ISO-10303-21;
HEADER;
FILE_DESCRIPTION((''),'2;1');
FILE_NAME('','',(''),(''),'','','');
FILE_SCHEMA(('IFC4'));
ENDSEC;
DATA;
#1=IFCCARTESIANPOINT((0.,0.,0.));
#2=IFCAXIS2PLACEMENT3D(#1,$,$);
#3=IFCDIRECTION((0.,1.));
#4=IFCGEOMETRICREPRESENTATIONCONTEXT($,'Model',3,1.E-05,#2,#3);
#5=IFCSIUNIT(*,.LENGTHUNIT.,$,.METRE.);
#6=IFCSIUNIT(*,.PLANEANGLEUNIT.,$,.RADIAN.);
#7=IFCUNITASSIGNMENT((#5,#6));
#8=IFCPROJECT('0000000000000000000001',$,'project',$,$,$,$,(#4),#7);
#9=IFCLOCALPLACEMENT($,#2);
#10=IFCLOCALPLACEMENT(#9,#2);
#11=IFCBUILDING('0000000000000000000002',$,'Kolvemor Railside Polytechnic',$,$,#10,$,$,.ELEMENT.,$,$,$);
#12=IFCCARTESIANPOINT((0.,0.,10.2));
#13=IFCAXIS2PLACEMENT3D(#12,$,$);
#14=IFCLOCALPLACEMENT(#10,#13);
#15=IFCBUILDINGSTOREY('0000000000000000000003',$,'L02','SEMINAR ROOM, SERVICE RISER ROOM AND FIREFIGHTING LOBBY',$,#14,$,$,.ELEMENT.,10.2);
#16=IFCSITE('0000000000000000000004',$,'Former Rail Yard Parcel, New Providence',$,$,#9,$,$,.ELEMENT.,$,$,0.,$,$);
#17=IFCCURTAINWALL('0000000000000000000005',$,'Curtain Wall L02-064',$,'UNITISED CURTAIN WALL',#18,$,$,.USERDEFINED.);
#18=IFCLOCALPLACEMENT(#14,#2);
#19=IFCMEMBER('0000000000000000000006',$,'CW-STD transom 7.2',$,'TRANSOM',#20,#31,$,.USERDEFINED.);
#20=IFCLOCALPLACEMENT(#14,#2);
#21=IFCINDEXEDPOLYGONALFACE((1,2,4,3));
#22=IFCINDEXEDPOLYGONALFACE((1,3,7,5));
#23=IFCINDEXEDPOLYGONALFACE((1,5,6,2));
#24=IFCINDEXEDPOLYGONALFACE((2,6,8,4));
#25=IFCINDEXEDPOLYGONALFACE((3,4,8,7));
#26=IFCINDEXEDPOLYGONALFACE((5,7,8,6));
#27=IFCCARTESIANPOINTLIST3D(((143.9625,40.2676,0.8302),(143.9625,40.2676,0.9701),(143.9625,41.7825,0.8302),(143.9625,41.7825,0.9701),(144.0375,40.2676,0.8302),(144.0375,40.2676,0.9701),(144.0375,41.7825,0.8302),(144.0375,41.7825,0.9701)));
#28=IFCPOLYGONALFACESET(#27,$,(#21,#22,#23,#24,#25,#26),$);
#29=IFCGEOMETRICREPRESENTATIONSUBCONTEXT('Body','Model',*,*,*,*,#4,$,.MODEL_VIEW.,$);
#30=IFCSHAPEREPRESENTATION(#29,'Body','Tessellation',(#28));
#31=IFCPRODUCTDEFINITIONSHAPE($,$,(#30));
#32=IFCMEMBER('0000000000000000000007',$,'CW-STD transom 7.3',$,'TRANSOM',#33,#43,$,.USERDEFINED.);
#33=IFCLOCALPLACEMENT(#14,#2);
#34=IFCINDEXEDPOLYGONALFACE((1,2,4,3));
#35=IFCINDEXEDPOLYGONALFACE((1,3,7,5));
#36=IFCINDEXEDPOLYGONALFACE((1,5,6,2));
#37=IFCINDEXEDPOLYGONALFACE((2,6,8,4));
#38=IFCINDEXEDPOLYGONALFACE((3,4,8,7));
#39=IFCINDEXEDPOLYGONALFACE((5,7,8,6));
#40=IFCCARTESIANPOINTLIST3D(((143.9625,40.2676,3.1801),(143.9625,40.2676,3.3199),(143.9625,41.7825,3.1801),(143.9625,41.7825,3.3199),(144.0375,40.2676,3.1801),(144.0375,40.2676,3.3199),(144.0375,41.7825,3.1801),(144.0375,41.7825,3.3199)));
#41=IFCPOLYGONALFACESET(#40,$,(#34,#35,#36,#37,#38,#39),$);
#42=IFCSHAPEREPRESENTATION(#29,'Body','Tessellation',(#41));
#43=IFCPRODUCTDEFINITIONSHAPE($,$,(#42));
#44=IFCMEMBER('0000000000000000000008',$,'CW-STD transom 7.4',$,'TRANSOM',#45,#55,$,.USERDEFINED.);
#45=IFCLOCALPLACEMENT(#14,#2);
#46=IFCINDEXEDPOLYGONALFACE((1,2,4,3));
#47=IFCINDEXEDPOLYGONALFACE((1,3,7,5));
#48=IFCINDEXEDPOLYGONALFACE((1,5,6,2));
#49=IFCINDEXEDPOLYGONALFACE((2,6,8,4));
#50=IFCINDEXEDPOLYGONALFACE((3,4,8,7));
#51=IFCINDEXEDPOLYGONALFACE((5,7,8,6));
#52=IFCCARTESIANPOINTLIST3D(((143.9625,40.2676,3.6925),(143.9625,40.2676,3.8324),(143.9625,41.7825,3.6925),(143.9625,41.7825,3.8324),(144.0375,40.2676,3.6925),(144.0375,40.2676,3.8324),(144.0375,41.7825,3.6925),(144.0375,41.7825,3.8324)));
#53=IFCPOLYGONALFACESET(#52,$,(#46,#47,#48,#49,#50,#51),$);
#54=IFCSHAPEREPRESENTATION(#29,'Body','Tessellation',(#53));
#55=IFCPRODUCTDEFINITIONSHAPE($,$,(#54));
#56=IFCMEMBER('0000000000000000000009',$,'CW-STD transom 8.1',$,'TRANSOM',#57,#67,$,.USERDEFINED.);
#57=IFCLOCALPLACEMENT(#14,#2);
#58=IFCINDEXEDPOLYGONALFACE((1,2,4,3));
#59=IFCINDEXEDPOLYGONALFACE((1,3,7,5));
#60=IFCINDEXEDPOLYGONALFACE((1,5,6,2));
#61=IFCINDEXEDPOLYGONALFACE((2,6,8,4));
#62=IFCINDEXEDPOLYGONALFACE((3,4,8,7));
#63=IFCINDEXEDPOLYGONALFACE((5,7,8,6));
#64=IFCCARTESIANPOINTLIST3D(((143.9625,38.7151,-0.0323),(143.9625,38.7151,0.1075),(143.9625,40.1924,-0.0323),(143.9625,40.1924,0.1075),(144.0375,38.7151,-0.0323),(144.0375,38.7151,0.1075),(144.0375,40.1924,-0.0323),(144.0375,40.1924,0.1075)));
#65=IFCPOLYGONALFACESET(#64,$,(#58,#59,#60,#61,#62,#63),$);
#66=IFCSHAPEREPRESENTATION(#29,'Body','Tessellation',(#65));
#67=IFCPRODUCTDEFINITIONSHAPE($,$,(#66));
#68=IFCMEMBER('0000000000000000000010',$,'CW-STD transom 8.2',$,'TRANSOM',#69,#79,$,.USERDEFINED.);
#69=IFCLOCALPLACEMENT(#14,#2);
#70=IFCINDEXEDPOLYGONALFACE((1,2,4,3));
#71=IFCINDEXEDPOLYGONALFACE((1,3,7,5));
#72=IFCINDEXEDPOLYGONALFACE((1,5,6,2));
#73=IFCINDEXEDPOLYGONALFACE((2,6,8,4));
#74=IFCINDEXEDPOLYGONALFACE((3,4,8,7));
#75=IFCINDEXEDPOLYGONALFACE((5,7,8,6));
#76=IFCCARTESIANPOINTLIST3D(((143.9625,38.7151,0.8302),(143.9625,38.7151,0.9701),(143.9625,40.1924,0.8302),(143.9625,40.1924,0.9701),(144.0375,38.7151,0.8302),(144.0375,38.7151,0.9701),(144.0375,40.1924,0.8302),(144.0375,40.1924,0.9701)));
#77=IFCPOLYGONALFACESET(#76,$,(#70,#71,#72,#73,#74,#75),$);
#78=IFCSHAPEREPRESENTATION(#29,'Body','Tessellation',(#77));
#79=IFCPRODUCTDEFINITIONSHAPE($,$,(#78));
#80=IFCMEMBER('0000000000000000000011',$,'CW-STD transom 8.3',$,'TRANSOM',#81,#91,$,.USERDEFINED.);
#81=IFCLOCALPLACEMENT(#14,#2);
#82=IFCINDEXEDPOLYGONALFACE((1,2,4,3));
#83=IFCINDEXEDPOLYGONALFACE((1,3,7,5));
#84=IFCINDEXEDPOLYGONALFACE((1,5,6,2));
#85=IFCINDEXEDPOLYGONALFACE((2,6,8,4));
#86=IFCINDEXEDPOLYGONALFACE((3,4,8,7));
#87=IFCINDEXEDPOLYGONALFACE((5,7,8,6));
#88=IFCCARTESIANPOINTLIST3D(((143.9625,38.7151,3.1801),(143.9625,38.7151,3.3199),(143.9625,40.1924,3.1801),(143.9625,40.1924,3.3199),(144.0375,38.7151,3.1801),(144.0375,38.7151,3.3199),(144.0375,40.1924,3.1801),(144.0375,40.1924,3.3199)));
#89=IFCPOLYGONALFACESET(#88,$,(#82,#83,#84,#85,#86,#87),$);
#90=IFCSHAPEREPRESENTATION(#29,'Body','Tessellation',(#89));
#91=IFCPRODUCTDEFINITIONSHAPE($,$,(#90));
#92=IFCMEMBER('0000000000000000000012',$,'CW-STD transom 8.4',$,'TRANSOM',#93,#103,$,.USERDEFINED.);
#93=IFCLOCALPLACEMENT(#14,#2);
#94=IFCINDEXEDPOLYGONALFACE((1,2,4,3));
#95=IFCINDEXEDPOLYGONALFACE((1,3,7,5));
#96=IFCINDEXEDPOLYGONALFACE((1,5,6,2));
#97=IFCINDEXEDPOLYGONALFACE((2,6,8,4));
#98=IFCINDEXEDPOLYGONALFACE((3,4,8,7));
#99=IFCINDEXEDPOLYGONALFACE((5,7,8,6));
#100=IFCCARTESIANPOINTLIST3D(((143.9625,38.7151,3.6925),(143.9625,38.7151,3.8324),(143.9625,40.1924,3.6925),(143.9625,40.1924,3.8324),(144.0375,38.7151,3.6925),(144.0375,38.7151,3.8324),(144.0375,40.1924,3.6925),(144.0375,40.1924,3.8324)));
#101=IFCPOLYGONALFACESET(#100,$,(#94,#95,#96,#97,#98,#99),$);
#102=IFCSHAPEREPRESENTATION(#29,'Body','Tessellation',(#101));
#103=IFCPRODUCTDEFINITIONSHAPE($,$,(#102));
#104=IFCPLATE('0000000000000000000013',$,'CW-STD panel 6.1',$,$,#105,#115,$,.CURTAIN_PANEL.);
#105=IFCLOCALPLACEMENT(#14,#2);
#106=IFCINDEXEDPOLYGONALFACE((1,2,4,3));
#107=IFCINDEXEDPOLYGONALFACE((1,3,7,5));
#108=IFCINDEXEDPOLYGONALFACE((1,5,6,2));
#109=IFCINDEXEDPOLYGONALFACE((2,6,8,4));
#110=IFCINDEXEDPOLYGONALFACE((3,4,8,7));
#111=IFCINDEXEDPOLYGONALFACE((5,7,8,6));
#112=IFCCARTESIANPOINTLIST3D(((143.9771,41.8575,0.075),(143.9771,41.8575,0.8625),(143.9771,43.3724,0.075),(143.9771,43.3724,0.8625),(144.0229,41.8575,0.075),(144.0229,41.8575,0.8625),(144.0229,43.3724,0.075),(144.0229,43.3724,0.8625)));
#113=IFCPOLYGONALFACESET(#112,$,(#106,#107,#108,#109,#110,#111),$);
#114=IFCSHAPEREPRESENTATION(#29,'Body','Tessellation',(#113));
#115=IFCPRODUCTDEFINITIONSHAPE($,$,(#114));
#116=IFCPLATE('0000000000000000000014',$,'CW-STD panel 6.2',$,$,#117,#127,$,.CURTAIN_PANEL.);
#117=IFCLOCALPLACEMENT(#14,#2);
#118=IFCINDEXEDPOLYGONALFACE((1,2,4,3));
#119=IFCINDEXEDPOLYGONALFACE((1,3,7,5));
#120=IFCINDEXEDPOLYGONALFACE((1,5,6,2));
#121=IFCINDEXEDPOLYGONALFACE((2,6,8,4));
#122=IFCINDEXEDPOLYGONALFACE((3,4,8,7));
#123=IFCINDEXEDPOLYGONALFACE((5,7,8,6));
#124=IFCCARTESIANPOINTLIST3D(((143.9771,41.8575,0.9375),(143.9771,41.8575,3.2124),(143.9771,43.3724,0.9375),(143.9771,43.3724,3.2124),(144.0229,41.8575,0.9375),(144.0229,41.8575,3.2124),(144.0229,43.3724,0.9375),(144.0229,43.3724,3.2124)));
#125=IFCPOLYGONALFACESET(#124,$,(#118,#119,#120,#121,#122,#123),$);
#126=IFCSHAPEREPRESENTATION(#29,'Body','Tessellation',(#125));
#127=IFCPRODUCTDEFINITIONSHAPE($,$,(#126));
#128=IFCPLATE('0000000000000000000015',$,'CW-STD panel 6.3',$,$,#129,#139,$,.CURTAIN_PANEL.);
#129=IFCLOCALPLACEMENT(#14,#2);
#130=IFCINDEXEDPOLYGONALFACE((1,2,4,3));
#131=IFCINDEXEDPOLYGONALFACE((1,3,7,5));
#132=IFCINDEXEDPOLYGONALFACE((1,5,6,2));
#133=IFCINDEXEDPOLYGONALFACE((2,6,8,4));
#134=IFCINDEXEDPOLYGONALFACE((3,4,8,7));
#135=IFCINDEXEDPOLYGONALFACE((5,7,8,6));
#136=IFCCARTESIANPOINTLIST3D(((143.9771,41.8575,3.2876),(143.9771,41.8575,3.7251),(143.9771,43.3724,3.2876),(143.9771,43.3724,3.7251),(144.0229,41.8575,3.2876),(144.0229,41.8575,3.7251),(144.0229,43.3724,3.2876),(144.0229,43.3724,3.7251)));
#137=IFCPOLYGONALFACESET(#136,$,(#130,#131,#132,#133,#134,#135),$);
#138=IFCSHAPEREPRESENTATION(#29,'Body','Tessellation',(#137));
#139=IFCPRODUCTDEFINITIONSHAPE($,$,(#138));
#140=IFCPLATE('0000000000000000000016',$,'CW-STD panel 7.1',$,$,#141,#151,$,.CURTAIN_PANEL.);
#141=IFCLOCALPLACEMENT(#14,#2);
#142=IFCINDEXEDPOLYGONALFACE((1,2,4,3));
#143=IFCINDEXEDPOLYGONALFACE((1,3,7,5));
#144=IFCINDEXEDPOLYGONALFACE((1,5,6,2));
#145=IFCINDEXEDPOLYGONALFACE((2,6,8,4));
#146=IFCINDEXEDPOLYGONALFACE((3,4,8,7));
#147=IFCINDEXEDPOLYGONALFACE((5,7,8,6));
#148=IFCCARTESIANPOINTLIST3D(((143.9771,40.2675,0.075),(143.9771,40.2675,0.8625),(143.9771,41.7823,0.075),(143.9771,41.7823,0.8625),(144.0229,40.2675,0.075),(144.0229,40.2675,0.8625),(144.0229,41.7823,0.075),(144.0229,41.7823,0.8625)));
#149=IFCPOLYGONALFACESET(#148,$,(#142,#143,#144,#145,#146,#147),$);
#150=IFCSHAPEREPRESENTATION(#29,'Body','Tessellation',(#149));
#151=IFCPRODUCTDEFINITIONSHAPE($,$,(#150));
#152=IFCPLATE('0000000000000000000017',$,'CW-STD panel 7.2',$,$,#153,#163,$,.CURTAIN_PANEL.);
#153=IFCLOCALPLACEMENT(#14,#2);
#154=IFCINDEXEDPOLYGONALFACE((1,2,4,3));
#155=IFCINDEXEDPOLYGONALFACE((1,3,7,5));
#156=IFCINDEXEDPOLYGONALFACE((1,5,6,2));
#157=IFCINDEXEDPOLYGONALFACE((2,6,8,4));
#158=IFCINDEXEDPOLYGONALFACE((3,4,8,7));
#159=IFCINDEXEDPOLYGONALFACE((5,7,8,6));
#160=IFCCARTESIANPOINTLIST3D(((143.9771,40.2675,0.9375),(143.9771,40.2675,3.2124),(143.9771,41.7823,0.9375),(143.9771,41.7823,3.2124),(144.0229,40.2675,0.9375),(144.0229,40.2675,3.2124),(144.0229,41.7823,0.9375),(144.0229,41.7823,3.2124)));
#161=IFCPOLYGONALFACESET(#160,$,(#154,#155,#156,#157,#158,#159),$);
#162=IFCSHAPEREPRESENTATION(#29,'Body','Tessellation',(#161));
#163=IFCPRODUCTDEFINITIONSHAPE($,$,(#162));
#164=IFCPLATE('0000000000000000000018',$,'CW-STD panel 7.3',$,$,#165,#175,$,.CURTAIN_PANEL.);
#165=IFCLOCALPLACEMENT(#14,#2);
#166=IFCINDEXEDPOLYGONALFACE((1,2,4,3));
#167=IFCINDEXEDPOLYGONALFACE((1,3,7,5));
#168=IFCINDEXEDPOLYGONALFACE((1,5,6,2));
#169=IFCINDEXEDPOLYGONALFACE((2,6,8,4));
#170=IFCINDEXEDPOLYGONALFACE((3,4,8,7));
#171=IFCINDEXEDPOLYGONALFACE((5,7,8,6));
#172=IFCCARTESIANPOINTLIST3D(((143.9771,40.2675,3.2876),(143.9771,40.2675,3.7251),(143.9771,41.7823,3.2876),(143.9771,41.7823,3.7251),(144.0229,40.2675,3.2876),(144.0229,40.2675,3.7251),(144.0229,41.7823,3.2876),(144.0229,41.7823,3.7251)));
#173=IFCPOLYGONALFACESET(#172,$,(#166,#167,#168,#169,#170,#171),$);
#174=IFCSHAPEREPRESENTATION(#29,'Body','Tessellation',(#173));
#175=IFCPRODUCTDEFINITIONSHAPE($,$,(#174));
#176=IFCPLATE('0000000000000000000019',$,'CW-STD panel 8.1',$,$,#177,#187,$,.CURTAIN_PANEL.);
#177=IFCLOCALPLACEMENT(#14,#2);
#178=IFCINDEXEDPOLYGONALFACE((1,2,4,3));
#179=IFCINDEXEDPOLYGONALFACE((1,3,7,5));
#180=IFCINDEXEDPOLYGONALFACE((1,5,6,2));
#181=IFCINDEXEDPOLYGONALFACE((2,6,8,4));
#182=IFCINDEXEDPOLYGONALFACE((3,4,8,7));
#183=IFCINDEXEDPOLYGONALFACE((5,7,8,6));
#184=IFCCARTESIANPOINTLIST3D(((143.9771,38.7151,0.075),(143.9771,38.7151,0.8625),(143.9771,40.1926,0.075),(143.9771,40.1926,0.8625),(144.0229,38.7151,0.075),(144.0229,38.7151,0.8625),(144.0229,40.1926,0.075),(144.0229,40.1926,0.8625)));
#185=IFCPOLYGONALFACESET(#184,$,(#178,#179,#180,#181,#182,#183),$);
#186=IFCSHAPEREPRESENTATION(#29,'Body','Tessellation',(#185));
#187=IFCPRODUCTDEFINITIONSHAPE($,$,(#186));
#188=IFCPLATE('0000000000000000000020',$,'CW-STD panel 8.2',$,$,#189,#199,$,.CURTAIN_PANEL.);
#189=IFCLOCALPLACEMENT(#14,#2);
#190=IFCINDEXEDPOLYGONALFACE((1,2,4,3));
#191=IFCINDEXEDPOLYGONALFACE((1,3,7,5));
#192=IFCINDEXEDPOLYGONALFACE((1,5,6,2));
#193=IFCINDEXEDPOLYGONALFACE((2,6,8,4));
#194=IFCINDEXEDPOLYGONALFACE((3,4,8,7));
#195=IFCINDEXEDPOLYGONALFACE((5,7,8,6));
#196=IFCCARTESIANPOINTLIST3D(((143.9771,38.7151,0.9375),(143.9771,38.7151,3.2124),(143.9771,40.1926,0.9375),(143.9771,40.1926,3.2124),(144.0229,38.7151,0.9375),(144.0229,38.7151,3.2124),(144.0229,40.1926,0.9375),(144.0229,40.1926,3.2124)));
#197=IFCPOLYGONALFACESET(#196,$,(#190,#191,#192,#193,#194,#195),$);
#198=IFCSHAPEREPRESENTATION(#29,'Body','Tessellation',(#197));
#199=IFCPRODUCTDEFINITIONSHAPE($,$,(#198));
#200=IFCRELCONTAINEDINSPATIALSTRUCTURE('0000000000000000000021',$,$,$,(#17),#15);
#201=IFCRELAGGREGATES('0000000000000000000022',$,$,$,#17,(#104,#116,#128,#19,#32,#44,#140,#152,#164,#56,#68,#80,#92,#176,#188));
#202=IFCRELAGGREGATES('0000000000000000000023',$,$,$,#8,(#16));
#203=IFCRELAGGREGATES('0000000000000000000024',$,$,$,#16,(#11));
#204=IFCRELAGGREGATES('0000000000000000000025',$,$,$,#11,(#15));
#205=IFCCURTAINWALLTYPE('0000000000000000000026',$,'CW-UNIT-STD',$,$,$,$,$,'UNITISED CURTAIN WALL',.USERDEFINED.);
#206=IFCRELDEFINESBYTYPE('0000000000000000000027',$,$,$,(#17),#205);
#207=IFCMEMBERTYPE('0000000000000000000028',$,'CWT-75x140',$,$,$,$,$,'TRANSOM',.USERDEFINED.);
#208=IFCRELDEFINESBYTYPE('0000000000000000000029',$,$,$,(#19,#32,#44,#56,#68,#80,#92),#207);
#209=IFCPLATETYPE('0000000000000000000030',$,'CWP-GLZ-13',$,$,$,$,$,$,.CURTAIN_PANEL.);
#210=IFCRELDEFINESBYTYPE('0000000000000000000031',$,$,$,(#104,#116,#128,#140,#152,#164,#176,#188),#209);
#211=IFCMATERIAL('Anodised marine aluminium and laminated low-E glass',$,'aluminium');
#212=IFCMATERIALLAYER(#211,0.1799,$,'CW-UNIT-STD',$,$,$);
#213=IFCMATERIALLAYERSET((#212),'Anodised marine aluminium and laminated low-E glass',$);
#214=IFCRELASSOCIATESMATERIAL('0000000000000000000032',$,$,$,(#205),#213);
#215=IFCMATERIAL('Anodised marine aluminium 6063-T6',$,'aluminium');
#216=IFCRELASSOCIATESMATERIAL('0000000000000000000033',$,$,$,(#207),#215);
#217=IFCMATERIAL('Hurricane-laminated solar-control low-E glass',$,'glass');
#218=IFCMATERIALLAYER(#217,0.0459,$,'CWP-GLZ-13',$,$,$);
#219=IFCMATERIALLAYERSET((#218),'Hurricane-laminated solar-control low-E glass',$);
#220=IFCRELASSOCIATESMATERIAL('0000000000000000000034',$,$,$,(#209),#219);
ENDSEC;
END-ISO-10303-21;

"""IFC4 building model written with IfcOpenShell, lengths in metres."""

from ifc_helpers import new_model, si_unit, direction, frame, origin, origin_2d, place, context, subcontext, project, spatial, rectangle, extrude, material, layer, layer_set, material_profile, profile_set, type_object, element, aggregate, save


model = new_model("IFC4")

# Units and contexts
model_context = context("Model", 3, precision=1e-05, world=origin(), true_north=direction((0.0, 1.0)))
body_context = subcontext(model_context, "Body", "Model", "MODEL_VIEW")
ifc_project = project(units=[si_unit("LENGTHUNIT", "METRE"), si_unit("PLANEANGLEUNIT", "RADIAN")], contexts=[model_context])

# Site, building, storey
site_placement = place(None, origin())
site = spatial("IfcSite", under=ifc_project, at=site_placement, Name="Former Rail Yard Parcel, New Providence", CompositionType="ELEMENT", RefElevation=0.0)
building_placement = place(site_placement, origin())
building = spatial("IfcBuilding", under=site, at=building_placement, Name="Kolvemor Railside Polytechnic", CompositionType="ELEMENT")
storey_placement = place(building_placement, frame((0.0, 0.0, 10.2)))
storey = spatial("IfcBuildingStorey", under=building, at=storey_placement, Name="L02", Description="SEMINAR ROOM, SERVICE RISER ROOM AND FIREFIGHTING LOBBY", CompositionType="ELEMENT", Elevation=10.2)

# Shared definitions
ifc_material_1 = material(Name="Anodised marine aluminium and laminated low-E glass", Category="aluminium")
ifc_layer_1 = layer(ifc_material_1, 0.1799, Name="CW-UNIT-STD")
ifc_layer_set_1 = layer_set([ifc_layer_1], Name="Anodised marine aluminium and laminated low-E glass")
curtain_wall_type = type_object("IfcCurtainWallType", Name="CW-UNIT-STD", ElementType="UNITISED CURTAIN WALL", PredefinedType="USERDEFINED", material=ifc_layer_set_1)

# Curtain wall
curtain_wall_1_placement = place(storey_placement, origin())
curtain_wall_1 = element("IfcCurtainWall", 1, at=curtain_wall_1_placement, inside=storey, type_object=curtain_wall_type, Name="Curtain Wall L02-064", ObjectType="UNITISED CURTAIN WALL", PredefinedType="USERDEFINED")

# Members
ifc_material_2 = material(Name="Anodised marine aluminium 6063-T6", Category="aluminium")
ifc_material_profile_1 = material_profile(ifc_material_2, rectangle(XDim=0.075, YDim=0.1399, at=origin_2d()), Name="CW-TRN-75x140")
ifc_profile_set_1 = profile_set([ifc_material_profile_1], Name="Anodised marine aluminium 6063-T6")
member_type_1 = type_object("IfcMemberType", Name="CWT-75x140", ElementType="TRANSOM", PredefinedType="USERDEFINED", material=ifc_profile_set_1)
member_1_placement = place(storey_placement, frame((144.0, 41.7825, 0.9001), z_axis=(0.0, -1.0, 0.0), x_axis=(1.0, 0.0, 0.0)))
member_1 = element("IfcMember", 2, at=member_1_placement, type_object=member_type_1, Name="CW-STD transom 7.2", ObjectType="TRANSOM", PredefinedType="USERDEFINED", context=body_context, shape_type="SweptSolid", body=[
    extrude(rectangle(XDim=0.075, YDim=0.1399, at=origin_2d()), origin(), (0.0, 0.0, 1.0), 1.5149),
])
member_2_placement = place(storey_placement, frame((144.0, 41.7825, 3.25), z_axis=(0.0, -1.0, 0.0), x_axis=(1.0, 0.0, 0.0)))
member_2 = element("IfcMember", 3, at=member_2_placement, type_object=member_type_1, Name="CW-STD transom 7.3", ObjectType="TRANSOM", PredefinedType="USERDEFINED", context=body_context, shape_type="SweptSolid", body=[
    extrude(rectangle(XDim=0.075, YDim=0.1399, at=origin_2d()), origin(), (0.0, 0.0, 1.0), 1.5149),
])
member_3_placement = place(storey_placement, frame((144.0, 41.7825, 3.7625), z_axis=(0.0, -1.0, 0.0), x_axis=(1.0, 0.0, 0.0)))
member_3 = element("IfcMember", 4, at=member_3_placement, type_object=member_type_1, Name="CW-STD transom 7.4", ObjectType="TRANSOM", PredefinedType="USERDEFINED", context=body_context, shape_type="SweptSolid", body=[
    extrude(rectangle(XDim=0.075, YDim=0.1399, at=origin_2d()), origin(), (0.0, 0.0, 1.0), 1.5149),
])
member_4_placement = place(storey_placement, frame((144.0, 40.1924, 0.0376), z_axis=(0.0, -1.0, 0.0), x_axis=(1.0, 0.0, 0.0)))
member_4 = element("IfcMember", 5, at=member_4_placement, type_object=member_type_1, Name="CW-STD transom 8.1", ObjectType="TRANSOM", PredefinedType="USERDEFINED", context=body_context, shape_type="SweptSolid", body=[
    extrude(rectangle(XDim=0.075, YDim=0.1399, at=origin_2d()), origin(), (0.0, 0.0, 1.0), 1.4773),
])
member_5_placement = place(storey_placement, frame((144.0, 40.1924, 0.9001), z_axis=(0.0, -1.0, 0.0), x_axis=(1.0, 0.0, 0.0)))
member_5 = element("IfcMember", 6, at=member_5_placement, type_object=member_type_1, Name="CW-STD transom 8.2", ObjectType="TRANSOM", PredefinedType="USERDEFINED", context=body_context, shape_type="SweptSolid", body=[
    extrude(rectangle(XDim=0.075, YDim=0.1399, at=origin_2d()), origin(), (0.0, 0.0, 1.0), 1.4773),
])
member_6_placement = place(storey_placement, frame((144.0, 40.1924, 3.25), z_axis=(0.0, -1.0, 0.0), x_axis=(1.0, 0.0, 0.0)))
member_6 = element("IfcMember", 7, at=member_6_placement, type_object=member_type_1, Name="CW-STD transom 8.3", ObjectType="TRANSOM", PredefinedType="USERDEFINED", context=body_context, shape_type="SweptSolid", body=[
    extrude(rectangle(XDim=0.075, YDim=0.1399, at=origin_2d()), origin(), (0.0, 0.0, 1.0), 1.4773),
])
member_7_placement = place(storey_placement, frame((144.0, 40.1924, 3.7625), z_axis=(0.0, -1.0, 0.0), x_axis=(1.0, 0.0, 0.0)))
member_7 = element("IfcMember", 8, at=member_7_placement, type_object=member_type_1, Name="CW-STD transom 8.4", ObjectType="TRANSOM", PredefinedType="USERDEFINED", context=body_context, shape_type="SweptSolid", body=[
    extrude(rectangle(XDim=0.075, YDim=0.1399, at=origin_2d()), origin(), (0.0, 0.0, 1.0), 1.4773),
])

# Plates
ifc_material_3 = material(Name="Hurricane-laminated solar-control low-E glass", Category="glass")
ifc_layer_2 = layer(ifc_material_3, 0.0459, Name="CWP-GLZ-13")
ifc_layer_set_2 = layer_set([ifc_layer_2], Name="Hurricane-laminated solar-control low-E glass")
plate_type_1 = type_object("IfcPlateType", Name="CWP-GLZ-13", PredefinedType="CURTAIN_PANEL", material=ifc_layer_set_2)
plate_1_placement = place(storey_placement, frame((144.0, 42.615, 0.075), z_axis=(0.0, 0.0, 1.0), x_axis=(0.0, -1.0, 0.0)))
plate_1 = element("IfcPlate", 9, at=plate_1_placement, type_object=plate_type_1, Name="CW-STD panel 6.1", PredefinedType="CURTAIN_PANEL", context=body_context, shape_type="SweptSolid", body=[
    extrude(rectangle(XDim=1.5149, YDim=0.0459, at=origin_2d()), origin(), (0.0, 0.0, 1.0), 0.7876),
])
plate_2_placement = place(storey_placement, frame((144.0, 42.615, 0.9375), z_axis=(0.0, 0.0, 1.0), x_axis=(0.0, -1.0, 0.0)))
plate_2 = element("IfcPlate", 10, at=plate_2_placement, type_object=plate_type_1, Name="CW-STD panel 6.2", PredefinedType="CURTAIN_PANEL", context=body_context, shape_type="SweptSolid", body=[
    extrude(rectangle(XDim=1.5149, YDim=0.0459, at=origin_2d()), origin(), (0.0, 0.0, 1.0), 2.2749),
])
plate_3_placement = place(storey_placement, frame((144.0, 42.615, 3.2876), z_axis=(0.0, 0.0, 1.0), x_axis=(0.0, -1.0, 0.0)))
plate_3 = element("IfcPlate", 11, at=plate_3_placement, type_object=plate_type_1, Name="CW-STD panel 6.3", PredefinedType="CURTAIN_PANEL", context=body_context, shape_type="SweptSolid", body=[
    extrude(rectangle(XDim=1.5149, YDim=0.0459, at=origin_2d()), origin(), (0.0, 0.0, 1.0), 0.4375),
])
plate_4_placement = place(storey_placement, frame((144.0, 41.0249, 0.075), z_axis=(0.0, 0.0, 1.0), x_axis=(0.0, -1.0, 0.0)))
plate_4 = element("IfcPlate", 12, at=plate_4_placement, type_object=plate_type_1, Name="CW-STD panel 7.1", PredefinedType="CURTAIN_PANEL", context=body_context, shape_type="SweptSolid", body=[
    extrude(rectangle(XDim=1.5149, YDim=0.0459, at=origin_2d()), origin(), (0.0, 0.0, 1.0), 0.7876),
])
plate_5_placement = place(storey_placement, frame((144.0, 41.0249, 0.9375), z_axis=(0.0, 0.0, 1.0), x_axis=(0.0, -1.0, 0.0)))
plate_5 = element("IfcPlate", 13, at=plate_5_placement, type_object=plate_type_1, Name="CW-STD panel 7.2", PredefinedType="CURTAIN_PANEL", context=body_context, shape_type="SweptSolid", body=[
    extrude(rectangle(XDim=1.5149, YDim=0.0459, at=origin_2d()), origin(), (0.0, 0.0, 1.0), 2.2749),
])
plate_6_placement = place(storey_placement, frame((144.0, 41.0249, 3.2876), z_axis=(0.0, 0.0, 1.0), x_axis=(0.0, -1.0, 0.0)))
plate_6 = element("IfcPlate", 14, at=plate_6_placement, type_object=plate_type_1, Name="CW-STD panel 7.3", PredefinedType="CURTAIN_PANEL", context=body_context, shape_type="SweptSolid", body=[
    extrude(rectangle(XDim=1.5149, YDim=0.0459, at=origin_2d()), origin(), (0.0, 0.0, 1.0), 0.4375),
])
plate_7_placement = place(storey_placement, frame((144.0, 39.4539, 0.075), z_axis=(0.0, 0.0, 1.0), x_axis=(0.0, -1.0, 0.0)))
plate_7 = element("IfcPlate", 15, at=plate_7_placement, type_object=plate_type_1, Name="CW-STD panel 8.1", PredefinedType="CURTAIN_PANEL", context=body_context, shape_type="SweptSolid", body=[
    extrude(rectangle(XDim=1.4775, YDim=0.0459, at=origin_2d()), origin(), (0.0, 0.0, 1.0), 0.7876),
])
plate_8_placement = place(storey_placement, frame((144.0, 39.4539, 0.9375), z_axis=(0.0, 0.0, 1.0), x_axis=(0.0, -1.0, 0.0)))
plate_8 = element("IfcPlate", 16, at=plate_8_placement, type_object=plate_type_1, Name="CW-STD panel 8.2", PredefinedType="CURTAIN_PANEL", context=body_context, shape_type="SweptSolid", body=[
    extrude(rectangle(XDim=1.4775, YDim=0.0459, at=origin_2d()), origin(), (0.0, 0.0, 1.0), 2.2749),
])
aggregate(curtain_wall_1, [plate_1, plate_2, plate_3, member_1, member_2, member_3, plate_4, plate_5, plate_6, member_4, member_5, member_6, member_7, plate_7, plate_8])

save(model, "model.ifc")
